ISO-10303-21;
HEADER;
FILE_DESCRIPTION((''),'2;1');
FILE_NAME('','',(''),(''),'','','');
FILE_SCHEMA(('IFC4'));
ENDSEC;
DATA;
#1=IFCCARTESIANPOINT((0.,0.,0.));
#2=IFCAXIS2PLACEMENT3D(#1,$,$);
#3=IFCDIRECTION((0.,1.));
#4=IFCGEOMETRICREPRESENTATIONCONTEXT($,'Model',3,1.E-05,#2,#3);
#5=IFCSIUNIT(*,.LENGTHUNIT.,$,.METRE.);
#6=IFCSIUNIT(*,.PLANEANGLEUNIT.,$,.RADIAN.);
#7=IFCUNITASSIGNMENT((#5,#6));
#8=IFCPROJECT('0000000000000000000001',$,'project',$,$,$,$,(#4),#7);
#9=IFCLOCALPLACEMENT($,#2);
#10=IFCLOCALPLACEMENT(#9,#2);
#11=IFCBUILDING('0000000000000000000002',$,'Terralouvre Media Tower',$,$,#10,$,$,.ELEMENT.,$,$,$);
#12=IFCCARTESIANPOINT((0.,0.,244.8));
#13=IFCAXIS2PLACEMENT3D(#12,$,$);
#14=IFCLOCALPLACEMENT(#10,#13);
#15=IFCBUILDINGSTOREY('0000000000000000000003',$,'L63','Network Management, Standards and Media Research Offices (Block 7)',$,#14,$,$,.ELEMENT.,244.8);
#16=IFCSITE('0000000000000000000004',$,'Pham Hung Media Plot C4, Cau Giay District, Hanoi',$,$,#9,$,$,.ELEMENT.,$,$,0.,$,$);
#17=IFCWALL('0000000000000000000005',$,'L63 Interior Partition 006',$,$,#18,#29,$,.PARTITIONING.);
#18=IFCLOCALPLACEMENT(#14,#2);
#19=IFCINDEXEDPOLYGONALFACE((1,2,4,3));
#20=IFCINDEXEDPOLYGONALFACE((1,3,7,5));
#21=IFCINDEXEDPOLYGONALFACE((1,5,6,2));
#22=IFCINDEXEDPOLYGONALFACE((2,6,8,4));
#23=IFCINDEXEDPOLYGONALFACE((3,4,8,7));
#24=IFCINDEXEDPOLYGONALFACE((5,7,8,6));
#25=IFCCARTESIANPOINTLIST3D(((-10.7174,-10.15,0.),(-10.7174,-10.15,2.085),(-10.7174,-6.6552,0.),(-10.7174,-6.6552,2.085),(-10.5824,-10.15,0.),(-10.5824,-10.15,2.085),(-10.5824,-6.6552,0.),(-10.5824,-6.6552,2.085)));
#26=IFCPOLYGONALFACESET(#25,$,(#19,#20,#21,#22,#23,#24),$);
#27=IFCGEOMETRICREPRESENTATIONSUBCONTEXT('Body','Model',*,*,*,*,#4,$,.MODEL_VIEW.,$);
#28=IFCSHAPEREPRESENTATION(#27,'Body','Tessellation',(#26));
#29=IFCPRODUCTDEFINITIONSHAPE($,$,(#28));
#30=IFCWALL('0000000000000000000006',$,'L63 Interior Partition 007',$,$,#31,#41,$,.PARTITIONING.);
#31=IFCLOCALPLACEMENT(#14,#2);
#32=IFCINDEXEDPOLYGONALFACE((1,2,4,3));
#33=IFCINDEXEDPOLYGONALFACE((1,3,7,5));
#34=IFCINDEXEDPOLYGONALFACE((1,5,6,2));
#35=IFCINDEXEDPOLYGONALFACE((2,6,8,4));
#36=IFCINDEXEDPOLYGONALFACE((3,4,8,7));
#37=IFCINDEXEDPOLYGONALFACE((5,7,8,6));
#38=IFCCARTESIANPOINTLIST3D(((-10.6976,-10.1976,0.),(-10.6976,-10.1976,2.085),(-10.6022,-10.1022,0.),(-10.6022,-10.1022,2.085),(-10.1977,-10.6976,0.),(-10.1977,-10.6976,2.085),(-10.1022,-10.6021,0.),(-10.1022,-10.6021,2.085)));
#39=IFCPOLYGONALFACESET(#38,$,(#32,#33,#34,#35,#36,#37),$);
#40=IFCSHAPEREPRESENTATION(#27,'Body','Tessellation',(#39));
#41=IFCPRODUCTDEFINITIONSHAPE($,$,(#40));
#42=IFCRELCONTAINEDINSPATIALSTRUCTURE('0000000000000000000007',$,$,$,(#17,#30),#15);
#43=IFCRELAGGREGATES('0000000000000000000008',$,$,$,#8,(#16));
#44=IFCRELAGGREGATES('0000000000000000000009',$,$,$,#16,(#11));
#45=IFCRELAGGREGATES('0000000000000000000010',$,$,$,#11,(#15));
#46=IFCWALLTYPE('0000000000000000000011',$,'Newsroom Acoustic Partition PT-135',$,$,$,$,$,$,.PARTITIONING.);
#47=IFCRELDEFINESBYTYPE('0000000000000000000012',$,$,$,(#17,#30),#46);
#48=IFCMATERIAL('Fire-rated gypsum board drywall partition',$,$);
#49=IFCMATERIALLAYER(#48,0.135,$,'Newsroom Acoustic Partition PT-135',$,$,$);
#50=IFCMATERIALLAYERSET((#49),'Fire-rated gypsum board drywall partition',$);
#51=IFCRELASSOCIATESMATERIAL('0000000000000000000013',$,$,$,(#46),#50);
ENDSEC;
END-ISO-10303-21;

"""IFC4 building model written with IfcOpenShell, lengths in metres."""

from ifc_helpers import new_model, si_unit, direction, frame, frame_2d, origin, place, context, subcontext, project, spatial, rectangle, extrude, material, layer, layer_set, type_object, element, save


model = new_model("IFC4")

# Units and contexts
model_context = context("Model", 3, precision=1e-05, world=origin(), true_north=direction((0.0, 1.0)))
body_context = subcontext(model_context, "Body", "Model", "MODEL_VIEW")
ifc_project = project(units=[si_unit("LENGTHUNIT", "METRE"), si_unit("PLANEANGLEUNIT", "RADIAN")], contexts=[model_context])

# Site, building, storey
site_placement = place(None, origin())
site = spatial("IfcSite", under=ifc_project, at=site_placement, Name="Pham Hung Media Plot C4, Cau Giay District, Hanoi", CompositionType="ELEMENT", RefElevation=0.0)
building_placement = place(site_placement, origin())
building = spatial("IfcBuilding", under=site, at=building_placement, Name="Terralouvre Media Tower", CompositionType="ELEMENT")
storey_placement = place(building_placement, frame((0.0, 0.0, 244.8)))
storey = spatial("IfcBuildingStorey", under=building, at=storey_placement, Name="L63", Description="Network Management, Standards and Media Research Offices (Block 7)", CompositionType="ELEMENT", Elevation=244.8)

# Shared definitions
ifc_material_1 = material(Name="Fire-rated gypsum board drywall partition")
ifc_layer = layer(ifc_material_1, 0.135, Name="Newsroom Acoustic Partition PT-135")
ifc_layer_set = layer_set([ifc_layer], Name="Fire-rated gypsum board drywall partition")
wall_type = type_object("IfcWallType", Name="Newsroom Acoustic Partition PT-135", PredefinedType="PARTITIONING", material=ifc_layer_set)

# Walls
wall_1_placement = place(storey_placement, frame((-10.6499, -6.655, 0.0), z_axis=(0.0, 0.0, 1.0), x_axis=(0.0, -1.0, 0.0)))
element("IfcWall", 1, at=wall_1_placement, inside=storey, type_object=wall_type, Name="L63 Interior Partition 006", PredefinedType="PARTITIONING", context=body_context, shape_type="SweptSolid", body=[
    extrude(rectangle(XDim=3.4949, YDim=0.135, at=frame_2d((1.7476, 0.0))), origin(), (0.0, 0.0, 1.0), 2.085),
])
wall_2_placement = place(storey_placement, frame((-10.6499, -10.1499, 0.0), z_axis=(0.0, 0.0, 1.0), x_axis=(0.707107, -0.707107, 0.0)))
element("IfcWall", 2, at=wall_2_placement, inside=storey, type_object=wall_type, Name="L63 Interior Partition 007", PredefinedType="PARTITIONING", context=body_context, shape_type="SweptSolid", body=[
    extrude(rectangle(XDim=0.707, YDim=0.135, at=frame_2d((0.3535, 0.0))), origin(), (0.0, 0.0, 1.0), 2.085),
])

save(model, "model.ifc")
